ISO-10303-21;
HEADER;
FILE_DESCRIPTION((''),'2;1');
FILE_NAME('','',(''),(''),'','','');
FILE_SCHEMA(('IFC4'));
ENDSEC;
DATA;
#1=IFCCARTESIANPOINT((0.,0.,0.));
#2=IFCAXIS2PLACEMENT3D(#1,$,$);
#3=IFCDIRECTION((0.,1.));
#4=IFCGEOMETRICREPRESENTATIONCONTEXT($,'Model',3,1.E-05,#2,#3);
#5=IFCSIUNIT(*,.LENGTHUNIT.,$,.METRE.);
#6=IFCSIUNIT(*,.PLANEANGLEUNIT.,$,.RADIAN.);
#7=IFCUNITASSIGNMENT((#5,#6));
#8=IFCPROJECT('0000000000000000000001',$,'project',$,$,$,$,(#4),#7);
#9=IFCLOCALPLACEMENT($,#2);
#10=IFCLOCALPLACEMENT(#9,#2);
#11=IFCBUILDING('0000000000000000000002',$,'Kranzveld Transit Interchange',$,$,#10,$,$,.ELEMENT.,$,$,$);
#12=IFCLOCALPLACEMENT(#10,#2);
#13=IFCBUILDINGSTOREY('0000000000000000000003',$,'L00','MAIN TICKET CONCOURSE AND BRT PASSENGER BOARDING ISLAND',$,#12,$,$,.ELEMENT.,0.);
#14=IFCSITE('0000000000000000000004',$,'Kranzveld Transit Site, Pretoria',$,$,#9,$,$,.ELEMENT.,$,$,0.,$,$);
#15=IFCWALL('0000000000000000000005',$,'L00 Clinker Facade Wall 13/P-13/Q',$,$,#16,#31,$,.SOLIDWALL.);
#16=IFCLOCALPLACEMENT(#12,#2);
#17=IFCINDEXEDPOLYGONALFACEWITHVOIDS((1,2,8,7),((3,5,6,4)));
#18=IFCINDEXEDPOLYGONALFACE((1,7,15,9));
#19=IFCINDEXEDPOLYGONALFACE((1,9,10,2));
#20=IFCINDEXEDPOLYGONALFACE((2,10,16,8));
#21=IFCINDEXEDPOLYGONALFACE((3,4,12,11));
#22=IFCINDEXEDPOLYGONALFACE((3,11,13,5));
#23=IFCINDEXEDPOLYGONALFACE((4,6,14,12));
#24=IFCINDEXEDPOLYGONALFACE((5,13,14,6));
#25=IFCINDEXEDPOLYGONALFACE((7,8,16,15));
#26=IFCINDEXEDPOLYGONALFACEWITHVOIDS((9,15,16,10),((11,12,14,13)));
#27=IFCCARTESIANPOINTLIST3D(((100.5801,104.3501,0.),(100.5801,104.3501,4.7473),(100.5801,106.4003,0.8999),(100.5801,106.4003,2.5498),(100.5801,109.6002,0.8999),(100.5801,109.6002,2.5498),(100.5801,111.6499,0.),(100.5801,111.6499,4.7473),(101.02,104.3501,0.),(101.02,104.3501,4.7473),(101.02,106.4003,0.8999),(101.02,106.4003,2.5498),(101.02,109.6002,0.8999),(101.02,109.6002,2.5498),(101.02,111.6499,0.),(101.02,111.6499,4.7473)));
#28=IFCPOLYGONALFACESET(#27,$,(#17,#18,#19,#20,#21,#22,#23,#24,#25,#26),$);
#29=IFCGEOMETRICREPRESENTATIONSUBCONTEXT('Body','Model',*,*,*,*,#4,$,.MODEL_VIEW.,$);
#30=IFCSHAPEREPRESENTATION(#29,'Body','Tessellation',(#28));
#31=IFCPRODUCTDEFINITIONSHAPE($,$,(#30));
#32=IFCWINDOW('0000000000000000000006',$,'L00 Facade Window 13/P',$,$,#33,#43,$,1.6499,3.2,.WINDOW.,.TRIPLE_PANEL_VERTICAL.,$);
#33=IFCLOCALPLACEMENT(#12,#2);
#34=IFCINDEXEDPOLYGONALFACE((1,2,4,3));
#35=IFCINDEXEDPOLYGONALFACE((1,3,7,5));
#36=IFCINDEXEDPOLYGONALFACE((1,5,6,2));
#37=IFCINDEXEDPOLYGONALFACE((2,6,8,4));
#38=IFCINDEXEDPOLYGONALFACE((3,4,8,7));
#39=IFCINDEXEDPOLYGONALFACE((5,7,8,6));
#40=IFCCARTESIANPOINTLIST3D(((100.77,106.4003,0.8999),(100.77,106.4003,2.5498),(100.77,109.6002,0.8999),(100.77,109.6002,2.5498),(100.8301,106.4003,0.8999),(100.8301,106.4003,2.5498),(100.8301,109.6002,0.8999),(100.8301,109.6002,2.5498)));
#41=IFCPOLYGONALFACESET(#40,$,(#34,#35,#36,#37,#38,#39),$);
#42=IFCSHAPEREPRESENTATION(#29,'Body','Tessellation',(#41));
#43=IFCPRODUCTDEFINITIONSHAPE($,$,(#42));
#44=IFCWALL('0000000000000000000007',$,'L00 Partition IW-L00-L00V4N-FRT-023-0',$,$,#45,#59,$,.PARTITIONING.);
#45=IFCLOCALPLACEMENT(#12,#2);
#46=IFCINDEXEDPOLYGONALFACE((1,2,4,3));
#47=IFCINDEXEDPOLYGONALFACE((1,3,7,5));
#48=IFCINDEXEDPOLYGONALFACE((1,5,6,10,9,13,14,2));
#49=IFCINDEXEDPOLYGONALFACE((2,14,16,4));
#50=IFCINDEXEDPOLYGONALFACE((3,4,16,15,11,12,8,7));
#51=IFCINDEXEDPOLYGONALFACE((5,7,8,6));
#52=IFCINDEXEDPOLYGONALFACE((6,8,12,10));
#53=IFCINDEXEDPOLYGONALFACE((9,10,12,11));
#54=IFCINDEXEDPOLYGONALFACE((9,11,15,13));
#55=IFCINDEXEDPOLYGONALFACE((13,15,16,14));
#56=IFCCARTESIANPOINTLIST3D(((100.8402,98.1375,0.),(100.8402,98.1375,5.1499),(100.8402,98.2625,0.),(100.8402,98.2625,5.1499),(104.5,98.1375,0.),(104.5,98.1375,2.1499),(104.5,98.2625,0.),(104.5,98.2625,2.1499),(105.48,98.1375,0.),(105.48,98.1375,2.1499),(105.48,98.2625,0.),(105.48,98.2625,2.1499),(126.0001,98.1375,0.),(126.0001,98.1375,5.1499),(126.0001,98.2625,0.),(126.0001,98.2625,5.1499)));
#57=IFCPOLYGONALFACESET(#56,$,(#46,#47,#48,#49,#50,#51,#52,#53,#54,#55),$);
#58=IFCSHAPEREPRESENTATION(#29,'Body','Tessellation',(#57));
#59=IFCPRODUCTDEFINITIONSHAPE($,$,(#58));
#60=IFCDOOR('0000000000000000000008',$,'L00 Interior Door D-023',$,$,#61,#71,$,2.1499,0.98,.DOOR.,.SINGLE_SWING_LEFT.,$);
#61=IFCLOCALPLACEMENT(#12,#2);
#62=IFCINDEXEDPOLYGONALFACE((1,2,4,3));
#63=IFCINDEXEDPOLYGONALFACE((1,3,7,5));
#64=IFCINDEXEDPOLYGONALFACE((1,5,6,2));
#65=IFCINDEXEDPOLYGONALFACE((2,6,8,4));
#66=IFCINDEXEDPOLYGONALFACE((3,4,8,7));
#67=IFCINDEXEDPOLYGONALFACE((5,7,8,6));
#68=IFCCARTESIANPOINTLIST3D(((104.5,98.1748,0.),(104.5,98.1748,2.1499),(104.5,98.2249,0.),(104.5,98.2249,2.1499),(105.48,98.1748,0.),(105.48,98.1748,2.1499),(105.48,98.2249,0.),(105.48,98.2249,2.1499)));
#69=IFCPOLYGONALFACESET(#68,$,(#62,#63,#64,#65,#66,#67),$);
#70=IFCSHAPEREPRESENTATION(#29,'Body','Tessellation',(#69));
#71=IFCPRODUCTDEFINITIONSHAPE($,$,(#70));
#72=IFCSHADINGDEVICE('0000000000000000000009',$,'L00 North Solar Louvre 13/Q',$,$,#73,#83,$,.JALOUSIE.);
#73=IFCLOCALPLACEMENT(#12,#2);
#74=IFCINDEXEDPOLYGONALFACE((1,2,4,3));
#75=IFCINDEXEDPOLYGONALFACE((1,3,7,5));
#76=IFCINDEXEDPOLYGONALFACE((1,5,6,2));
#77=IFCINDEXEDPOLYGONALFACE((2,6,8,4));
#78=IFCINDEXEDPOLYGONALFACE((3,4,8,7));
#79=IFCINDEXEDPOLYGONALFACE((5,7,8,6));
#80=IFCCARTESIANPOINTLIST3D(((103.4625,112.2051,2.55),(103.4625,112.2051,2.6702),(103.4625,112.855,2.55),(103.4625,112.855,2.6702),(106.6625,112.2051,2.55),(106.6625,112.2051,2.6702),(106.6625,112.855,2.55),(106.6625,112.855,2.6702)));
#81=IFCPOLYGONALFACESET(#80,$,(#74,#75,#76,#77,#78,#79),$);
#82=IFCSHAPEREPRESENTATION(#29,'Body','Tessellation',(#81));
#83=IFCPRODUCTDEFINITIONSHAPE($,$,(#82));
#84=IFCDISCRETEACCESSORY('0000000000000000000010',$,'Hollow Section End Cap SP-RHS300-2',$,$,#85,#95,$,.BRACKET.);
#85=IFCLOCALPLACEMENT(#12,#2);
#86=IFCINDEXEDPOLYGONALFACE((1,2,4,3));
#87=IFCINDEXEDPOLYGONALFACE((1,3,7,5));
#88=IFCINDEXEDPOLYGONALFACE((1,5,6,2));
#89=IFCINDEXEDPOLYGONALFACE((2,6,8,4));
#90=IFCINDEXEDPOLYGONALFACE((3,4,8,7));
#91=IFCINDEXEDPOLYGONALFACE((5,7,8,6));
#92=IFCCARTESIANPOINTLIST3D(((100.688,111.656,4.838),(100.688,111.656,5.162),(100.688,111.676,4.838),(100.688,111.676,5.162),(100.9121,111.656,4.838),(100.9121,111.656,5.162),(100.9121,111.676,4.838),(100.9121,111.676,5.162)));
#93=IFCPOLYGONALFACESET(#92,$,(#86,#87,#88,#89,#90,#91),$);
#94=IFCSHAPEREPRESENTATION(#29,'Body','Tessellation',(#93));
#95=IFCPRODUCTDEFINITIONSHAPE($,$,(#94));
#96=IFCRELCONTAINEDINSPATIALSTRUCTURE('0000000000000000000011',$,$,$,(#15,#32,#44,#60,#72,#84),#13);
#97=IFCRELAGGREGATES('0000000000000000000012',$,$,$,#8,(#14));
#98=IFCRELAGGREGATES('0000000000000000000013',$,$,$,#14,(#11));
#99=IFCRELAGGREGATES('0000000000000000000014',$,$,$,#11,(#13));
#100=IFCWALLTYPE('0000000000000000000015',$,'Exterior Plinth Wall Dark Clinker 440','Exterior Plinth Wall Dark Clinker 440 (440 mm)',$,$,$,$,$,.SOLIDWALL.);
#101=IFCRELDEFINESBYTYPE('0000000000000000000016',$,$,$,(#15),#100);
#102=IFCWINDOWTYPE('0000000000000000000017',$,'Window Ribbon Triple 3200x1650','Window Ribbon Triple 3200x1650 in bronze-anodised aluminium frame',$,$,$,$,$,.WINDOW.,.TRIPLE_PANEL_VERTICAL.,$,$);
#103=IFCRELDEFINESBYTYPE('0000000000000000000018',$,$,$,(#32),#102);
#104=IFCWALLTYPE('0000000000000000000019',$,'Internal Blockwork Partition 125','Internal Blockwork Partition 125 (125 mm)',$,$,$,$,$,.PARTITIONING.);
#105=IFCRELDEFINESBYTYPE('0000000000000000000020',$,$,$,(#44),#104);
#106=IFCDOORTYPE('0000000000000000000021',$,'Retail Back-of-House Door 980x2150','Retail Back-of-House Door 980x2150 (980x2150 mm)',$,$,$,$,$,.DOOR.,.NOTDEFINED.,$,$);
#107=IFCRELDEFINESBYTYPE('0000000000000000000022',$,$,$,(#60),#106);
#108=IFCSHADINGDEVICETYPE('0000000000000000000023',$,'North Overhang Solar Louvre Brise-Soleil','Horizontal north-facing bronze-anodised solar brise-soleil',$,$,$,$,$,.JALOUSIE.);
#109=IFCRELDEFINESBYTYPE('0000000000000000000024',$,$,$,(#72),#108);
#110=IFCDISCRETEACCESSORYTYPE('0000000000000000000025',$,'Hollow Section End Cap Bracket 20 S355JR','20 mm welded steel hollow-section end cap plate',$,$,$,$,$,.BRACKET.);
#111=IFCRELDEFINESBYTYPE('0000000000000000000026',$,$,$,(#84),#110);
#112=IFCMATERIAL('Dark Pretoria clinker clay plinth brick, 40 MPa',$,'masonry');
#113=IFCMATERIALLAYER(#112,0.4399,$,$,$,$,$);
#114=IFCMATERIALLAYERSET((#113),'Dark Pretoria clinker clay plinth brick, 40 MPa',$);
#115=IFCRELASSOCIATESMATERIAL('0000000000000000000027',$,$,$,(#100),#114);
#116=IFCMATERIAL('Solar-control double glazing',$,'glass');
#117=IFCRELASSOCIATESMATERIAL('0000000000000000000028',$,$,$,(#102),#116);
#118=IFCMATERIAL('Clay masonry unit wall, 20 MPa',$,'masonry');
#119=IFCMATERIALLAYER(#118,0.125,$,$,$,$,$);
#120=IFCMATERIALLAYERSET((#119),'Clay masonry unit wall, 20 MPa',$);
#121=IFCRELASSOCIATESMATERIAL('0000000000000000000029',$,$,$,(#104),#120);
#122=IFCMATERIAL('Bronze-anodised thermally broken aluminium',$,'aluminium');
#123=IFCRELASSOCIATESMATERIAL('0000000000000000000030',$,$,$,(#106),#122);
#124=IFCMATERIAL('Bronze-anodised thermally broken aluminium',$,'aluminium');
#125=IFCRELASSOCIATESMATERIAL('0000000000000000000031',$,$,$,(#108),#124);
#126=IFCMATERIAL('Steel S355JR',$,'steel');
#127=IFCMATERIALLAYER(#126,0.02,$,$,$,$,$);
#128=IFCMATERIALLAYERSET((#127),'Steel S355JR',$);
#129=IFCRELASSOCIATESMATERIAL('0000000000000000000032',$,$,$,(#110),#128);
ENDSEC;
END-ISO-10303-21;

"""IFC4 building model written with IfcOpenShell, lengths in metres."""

from ifc_helpers import new_model, si_unit, direction, frame, frame_2d, origin, origin_2d, place, context, subcontext, project, spatial, rectangle, extrude, material, layer, layer_set, type_object, element, fill, save


model = new_model("IFC4")

# Units and contexts
model_context = context("Model", 3, precision=1e-05, world=origin(), true_north=direction((0.0, 1.0)))
body_context = subcontext(model_context, "Body", "Model", "MODEL_VIEW")
ifc_project = project(units=[si_unit("LENGTHUNIT", "METRE"), si_unit("PLANEANGLEUNIT", "RADIAN")], contexts=[model_context])

# Site, building, storey
site_placement = place(None, origin())
site = spatial("IfcSite", under=ifc_project, at=site_placement, Name="Kranzveld Transit Site, Pretoria", CompositionType="ELEMENT", RefElevation=0.0)
building_placement = place(site_placement, origin())
building = spatial("IfcBuilding", under=site, at=building_placement, Name="Kranzveld Transit Interchange", CompositionType="ELEMENT")
storey_placement = place(building_placement, origin())
storey = spatial("IfcBuildingStorey", under=building, at=storey_placement, Name="L00", Description="MAIN TICKET CONCOURSE AND BRT PASSENGER BOARDING ISLAND", CompositionType="ELEMENT", Elevation=0.0)

# Wall, opening, window
ifc_material_1 = material(Name="Dark Pretoria clinker clay plinth brick, 40 MPa", Category="masonry")
ifc_layer_1 = layer(ifc_material_1, 0.4399)
ifc_layer_set_1 = layer_set([ifc_layer_1], Name="Dark Pretoria clinker clay plinth brick, 40 MPa")
wall_type_1 = type_object("IfcWallType", Name="Exterior Plinth Wall Dark Clinker 440", Description="Exterior Plinth Wall Dark Clinker 440 (440 mm)", PredefinedType="SOLIDWALL", material=ifc_layer_set_1)
wall_1_placement = place(storey_placement, frame((100.8, 104.3501, 0.0), z_axis=(0.0, 0.0, 1.0), x_axis=(0.0, 1.0, 0.0)))
wall_1 = element("IfcWall", 1, at=wall_1_placement, inside=storey, type_object=wall_type_1, Name="L00 Clinker Facade Wall 13/P-13/Q", PredefinedType="SOLIDWALL", context=body_context, shape_type="SweptSolid", body=[
    extrude(rectangle(XDim=7.2998, YDim=0.4399, at=frame_2d((3.6499, 0.0))), origin(), (0.0, 0.0, 1.0), 4.7473),
])
opening_1_placement = place(wall_1_placement, frame((2.05, 0.0, 0.8999), z_axis=(0.0, 0.0, 1.0), x_axis=(1.0, 0.0, 0.0)))
opening_1 = element("IfcOpeningElement", 2, at=opening_1_placement, cuts=wall_1, PredefinedType="OPENING", context=body_context, shape_type="SweptSolid", body=[
    extrude(rectangle(XDim=3.2, YDim=1.6499, at=frame_2d((1.6001, 0.825))), frame((0.0, 0.23, 0.0), z_axis=(0.0, -1.0, 0.0), x_axis=(1.0, 0.0, 0.0)), (0.0, 0.0, 1.0), 0.46),
])
ifc_material_2 = material(Name="Solar-control double glazing", Category="glass")
window_type_1 = type_object("IfcWindowType", Name="Window Ribbon Triple 3200x1650", Description="Window Ribbon Triple 3200x1650 in bronze-anodised aluminium frame", PartitioningType="TRIPLE_PANEL_VERTICAL", PredefinedType="WINDOW", material=ifc_material_2)
window_1_placement = place(opening_1_placement, origin())
window_1 = element("IfcWindow", 3, at=window_1_placement, inside=storey, type_object=window_type_1, Name="L00 Facade Window 13/P", OverallHeight=1.6499, OverallWidth=3.2, PartitioningType="TRIPLE_PANEL_VERTICAL", PredefinedType="WINDOW", context=body_context, shape_type="SweptSolid", body=[
    extrude(rectangle(XDim=3.2, YDim=1.6499, at=frame_2d((1.6001, 0.825))), frame((0.0, 0.03, 0.0), z_axis=(0.0, -1.0, 0.0), x_axis=(1.0, 0.0, 0.0)), (0.0, 0.0, 1.0), 0.0601),
])
fill(opening_1, window_1)

# Wall, opening, door
ifc_material_3 = material(Name="Clay masonry unit wall, 20 MPa", Category="masonry")
ifc_layer_2 = layer(ifc_material_3, 0.125)
ifc_layer_set_2 = layer_set([ifc_layer_2], Name="Clay masonry unit wall, 20 MPa")
wall_type_2 = type_object("IfcWallType", Name="Internal Blockwork Partition 125", Description="Internal Blockwork Partition 125 (125 mm)", PredefinedType="PARTITIONING", material=ifc_layer_set_2)
wall_2_placement = place(storey_placement, frame((100.8401, 98.2, 0.0), z_axis=(0.0, 0.0, 1.0), x_axis=(1.0, 0.0, 0.0)))
wall_2 = element("IfcWall", 4, at=wall_2_placement, inside=storey, type_object=wall_type_2, Name="L00 Partition IW-L00-L00V4N-FRT-023-0", PredefinedType="PARTITIONING", context=body_context, shape_type="SweptSolid", body=[
    extrude(rectangle(XDim=25.1599, YDim=0.125, at=frame_2d((12.5801, 0.0))), origin(), (0.0, 0.0, 1.0), 5.1499),
])
opening_2_placement = place(wall_2_placement, frame((3.6599, 0.0, 0.0), z_axis=(0.0, 0.0, 1.0), x_axis=(1.0, 0.0, 0.0)))
opening_2 = element("IfcOpeningElement", 5, at=opening_2_placement, cuts=wall_2, PredefinedType="OPENING", context=body_context, shape_type="SweptSolid", body=[
    extrude(rectangle(XDim=0.98, YDim=2.1499, at=frame_2d((0.49, 1.075))), frame((0.0, 0.0725, 0.0), z_axis=(0.0, -1.0, 0.0), x_axis=(1.0, 0.0, 0.0)), (0.0, 0.0, 1.0), 0.145),
])
ifc_material_4 = material(Name="Bronze-anodised thermally broken aluminium", Category="aluminium")
door_type = type_object("IfcDoorType", Name="Retail Back-of-House Door 980x2150", Description="Retail Back-of-House Door 980x2150 (980x2150 mm)", OperationType="NOTDEFINED", PredefinedType="DOOR", material=ifc_material_4)
door_placement = place(opening_2_placement, origin())
door = element("IfcDoor", 6, at=door_placement, inside=storey, type_object=door_type, Name="L00 Interior Door D-023", OperationType="SINGLE_SWING_LEFT", OverallHeight=2.1499, OverallWidth=0.98, PredefinedType="DOOR", context=body_context, shape_type="SweptSolid", body=[
    extrude(rectangle(XDim=0.98, YDim=2.1499, at=frame_2d((0.49, 1.075))), frame((0.0, 0.0249, 0.0), z_axis=(0.0, -1.0, 0.0), x_axis=(1.0, 0.0, 0.0)), (0.0, 0.0, 1.0), 0.05),
])
fill(opening_2, door)

# Shading device
ifc_material_5 = material(Name="Bronze-anodised thermally broken aluminium", Category="aluminium")
shading_device_type = type_object("IfcShadingDeviceType", Name="North Overhang Solar Louvre Brise-Soleil", Description="Horizontal north-facing bronze-anodised solar brise-soleil", PredefinedType="JALOUSIE", material=ifc_material_5)
shading_device_placement = place(storey_placement, frame((105.0625, 112.53, 2.55), z_axis=(0.0, 0.0, 1.0), x_axis=(1.0, 0.0, 0.0)))
element("IfcShadingDevice", 7, at=shading_device_placement, inside=storey, type_object=shading_device_type, Name="L00 North Solar Louvre 13/Q", PredefinedType="JALOUSIE", context=body_context, shape_type="SweptSolid", body=[
    extrude(rectangle(XDim=3.2, YDim=0.6499, at=origin_2d()), origin(), (0.0, 0.0, 1.0), 0.1201),
])

# Discrete accessory
ifc_material_6 = material(Name="Steel S355JR", Category="steel")
ifc_layer_3 = layer(ifc_material_6, 0.02)
ifc_layer_set_3 = layer_set([ifc_layer_3], Name="Steel S355JR")
discrete_accessory_type = type_object("IfcDiscreteAccessoryType", Name="Hollow Section End Cap Bracket 20 S355JR", Description="20 mm welded steel hollow-section end cap plate", PredefinedType="BRACKET", material=ifc_layer_set_3)
discrete_accessory_placement = place(storey_placement, frame((100.8, 111.656, 5.0), z_axis=(0.0, 1.0, 0.0), x_axis=(-1.0, 0.0, 0.0)))
element("IfcDiscreteAccessory", 8, at=discrete_accessory_placement, inside=storey, type_object=discrete_accessory_type, Name="Hollow Section End Cap SP-RHS300-2", PredefinedType="BRACKET", context=body_context, shape_type="SweptSolid", body=[
    extrude(rectangle(XDim=0.2241, YDim=0.324, at=origin_2d()), origin(), (0.0, 0.0, 1.0), 0.02),
])

save(model, "model.ifc")
